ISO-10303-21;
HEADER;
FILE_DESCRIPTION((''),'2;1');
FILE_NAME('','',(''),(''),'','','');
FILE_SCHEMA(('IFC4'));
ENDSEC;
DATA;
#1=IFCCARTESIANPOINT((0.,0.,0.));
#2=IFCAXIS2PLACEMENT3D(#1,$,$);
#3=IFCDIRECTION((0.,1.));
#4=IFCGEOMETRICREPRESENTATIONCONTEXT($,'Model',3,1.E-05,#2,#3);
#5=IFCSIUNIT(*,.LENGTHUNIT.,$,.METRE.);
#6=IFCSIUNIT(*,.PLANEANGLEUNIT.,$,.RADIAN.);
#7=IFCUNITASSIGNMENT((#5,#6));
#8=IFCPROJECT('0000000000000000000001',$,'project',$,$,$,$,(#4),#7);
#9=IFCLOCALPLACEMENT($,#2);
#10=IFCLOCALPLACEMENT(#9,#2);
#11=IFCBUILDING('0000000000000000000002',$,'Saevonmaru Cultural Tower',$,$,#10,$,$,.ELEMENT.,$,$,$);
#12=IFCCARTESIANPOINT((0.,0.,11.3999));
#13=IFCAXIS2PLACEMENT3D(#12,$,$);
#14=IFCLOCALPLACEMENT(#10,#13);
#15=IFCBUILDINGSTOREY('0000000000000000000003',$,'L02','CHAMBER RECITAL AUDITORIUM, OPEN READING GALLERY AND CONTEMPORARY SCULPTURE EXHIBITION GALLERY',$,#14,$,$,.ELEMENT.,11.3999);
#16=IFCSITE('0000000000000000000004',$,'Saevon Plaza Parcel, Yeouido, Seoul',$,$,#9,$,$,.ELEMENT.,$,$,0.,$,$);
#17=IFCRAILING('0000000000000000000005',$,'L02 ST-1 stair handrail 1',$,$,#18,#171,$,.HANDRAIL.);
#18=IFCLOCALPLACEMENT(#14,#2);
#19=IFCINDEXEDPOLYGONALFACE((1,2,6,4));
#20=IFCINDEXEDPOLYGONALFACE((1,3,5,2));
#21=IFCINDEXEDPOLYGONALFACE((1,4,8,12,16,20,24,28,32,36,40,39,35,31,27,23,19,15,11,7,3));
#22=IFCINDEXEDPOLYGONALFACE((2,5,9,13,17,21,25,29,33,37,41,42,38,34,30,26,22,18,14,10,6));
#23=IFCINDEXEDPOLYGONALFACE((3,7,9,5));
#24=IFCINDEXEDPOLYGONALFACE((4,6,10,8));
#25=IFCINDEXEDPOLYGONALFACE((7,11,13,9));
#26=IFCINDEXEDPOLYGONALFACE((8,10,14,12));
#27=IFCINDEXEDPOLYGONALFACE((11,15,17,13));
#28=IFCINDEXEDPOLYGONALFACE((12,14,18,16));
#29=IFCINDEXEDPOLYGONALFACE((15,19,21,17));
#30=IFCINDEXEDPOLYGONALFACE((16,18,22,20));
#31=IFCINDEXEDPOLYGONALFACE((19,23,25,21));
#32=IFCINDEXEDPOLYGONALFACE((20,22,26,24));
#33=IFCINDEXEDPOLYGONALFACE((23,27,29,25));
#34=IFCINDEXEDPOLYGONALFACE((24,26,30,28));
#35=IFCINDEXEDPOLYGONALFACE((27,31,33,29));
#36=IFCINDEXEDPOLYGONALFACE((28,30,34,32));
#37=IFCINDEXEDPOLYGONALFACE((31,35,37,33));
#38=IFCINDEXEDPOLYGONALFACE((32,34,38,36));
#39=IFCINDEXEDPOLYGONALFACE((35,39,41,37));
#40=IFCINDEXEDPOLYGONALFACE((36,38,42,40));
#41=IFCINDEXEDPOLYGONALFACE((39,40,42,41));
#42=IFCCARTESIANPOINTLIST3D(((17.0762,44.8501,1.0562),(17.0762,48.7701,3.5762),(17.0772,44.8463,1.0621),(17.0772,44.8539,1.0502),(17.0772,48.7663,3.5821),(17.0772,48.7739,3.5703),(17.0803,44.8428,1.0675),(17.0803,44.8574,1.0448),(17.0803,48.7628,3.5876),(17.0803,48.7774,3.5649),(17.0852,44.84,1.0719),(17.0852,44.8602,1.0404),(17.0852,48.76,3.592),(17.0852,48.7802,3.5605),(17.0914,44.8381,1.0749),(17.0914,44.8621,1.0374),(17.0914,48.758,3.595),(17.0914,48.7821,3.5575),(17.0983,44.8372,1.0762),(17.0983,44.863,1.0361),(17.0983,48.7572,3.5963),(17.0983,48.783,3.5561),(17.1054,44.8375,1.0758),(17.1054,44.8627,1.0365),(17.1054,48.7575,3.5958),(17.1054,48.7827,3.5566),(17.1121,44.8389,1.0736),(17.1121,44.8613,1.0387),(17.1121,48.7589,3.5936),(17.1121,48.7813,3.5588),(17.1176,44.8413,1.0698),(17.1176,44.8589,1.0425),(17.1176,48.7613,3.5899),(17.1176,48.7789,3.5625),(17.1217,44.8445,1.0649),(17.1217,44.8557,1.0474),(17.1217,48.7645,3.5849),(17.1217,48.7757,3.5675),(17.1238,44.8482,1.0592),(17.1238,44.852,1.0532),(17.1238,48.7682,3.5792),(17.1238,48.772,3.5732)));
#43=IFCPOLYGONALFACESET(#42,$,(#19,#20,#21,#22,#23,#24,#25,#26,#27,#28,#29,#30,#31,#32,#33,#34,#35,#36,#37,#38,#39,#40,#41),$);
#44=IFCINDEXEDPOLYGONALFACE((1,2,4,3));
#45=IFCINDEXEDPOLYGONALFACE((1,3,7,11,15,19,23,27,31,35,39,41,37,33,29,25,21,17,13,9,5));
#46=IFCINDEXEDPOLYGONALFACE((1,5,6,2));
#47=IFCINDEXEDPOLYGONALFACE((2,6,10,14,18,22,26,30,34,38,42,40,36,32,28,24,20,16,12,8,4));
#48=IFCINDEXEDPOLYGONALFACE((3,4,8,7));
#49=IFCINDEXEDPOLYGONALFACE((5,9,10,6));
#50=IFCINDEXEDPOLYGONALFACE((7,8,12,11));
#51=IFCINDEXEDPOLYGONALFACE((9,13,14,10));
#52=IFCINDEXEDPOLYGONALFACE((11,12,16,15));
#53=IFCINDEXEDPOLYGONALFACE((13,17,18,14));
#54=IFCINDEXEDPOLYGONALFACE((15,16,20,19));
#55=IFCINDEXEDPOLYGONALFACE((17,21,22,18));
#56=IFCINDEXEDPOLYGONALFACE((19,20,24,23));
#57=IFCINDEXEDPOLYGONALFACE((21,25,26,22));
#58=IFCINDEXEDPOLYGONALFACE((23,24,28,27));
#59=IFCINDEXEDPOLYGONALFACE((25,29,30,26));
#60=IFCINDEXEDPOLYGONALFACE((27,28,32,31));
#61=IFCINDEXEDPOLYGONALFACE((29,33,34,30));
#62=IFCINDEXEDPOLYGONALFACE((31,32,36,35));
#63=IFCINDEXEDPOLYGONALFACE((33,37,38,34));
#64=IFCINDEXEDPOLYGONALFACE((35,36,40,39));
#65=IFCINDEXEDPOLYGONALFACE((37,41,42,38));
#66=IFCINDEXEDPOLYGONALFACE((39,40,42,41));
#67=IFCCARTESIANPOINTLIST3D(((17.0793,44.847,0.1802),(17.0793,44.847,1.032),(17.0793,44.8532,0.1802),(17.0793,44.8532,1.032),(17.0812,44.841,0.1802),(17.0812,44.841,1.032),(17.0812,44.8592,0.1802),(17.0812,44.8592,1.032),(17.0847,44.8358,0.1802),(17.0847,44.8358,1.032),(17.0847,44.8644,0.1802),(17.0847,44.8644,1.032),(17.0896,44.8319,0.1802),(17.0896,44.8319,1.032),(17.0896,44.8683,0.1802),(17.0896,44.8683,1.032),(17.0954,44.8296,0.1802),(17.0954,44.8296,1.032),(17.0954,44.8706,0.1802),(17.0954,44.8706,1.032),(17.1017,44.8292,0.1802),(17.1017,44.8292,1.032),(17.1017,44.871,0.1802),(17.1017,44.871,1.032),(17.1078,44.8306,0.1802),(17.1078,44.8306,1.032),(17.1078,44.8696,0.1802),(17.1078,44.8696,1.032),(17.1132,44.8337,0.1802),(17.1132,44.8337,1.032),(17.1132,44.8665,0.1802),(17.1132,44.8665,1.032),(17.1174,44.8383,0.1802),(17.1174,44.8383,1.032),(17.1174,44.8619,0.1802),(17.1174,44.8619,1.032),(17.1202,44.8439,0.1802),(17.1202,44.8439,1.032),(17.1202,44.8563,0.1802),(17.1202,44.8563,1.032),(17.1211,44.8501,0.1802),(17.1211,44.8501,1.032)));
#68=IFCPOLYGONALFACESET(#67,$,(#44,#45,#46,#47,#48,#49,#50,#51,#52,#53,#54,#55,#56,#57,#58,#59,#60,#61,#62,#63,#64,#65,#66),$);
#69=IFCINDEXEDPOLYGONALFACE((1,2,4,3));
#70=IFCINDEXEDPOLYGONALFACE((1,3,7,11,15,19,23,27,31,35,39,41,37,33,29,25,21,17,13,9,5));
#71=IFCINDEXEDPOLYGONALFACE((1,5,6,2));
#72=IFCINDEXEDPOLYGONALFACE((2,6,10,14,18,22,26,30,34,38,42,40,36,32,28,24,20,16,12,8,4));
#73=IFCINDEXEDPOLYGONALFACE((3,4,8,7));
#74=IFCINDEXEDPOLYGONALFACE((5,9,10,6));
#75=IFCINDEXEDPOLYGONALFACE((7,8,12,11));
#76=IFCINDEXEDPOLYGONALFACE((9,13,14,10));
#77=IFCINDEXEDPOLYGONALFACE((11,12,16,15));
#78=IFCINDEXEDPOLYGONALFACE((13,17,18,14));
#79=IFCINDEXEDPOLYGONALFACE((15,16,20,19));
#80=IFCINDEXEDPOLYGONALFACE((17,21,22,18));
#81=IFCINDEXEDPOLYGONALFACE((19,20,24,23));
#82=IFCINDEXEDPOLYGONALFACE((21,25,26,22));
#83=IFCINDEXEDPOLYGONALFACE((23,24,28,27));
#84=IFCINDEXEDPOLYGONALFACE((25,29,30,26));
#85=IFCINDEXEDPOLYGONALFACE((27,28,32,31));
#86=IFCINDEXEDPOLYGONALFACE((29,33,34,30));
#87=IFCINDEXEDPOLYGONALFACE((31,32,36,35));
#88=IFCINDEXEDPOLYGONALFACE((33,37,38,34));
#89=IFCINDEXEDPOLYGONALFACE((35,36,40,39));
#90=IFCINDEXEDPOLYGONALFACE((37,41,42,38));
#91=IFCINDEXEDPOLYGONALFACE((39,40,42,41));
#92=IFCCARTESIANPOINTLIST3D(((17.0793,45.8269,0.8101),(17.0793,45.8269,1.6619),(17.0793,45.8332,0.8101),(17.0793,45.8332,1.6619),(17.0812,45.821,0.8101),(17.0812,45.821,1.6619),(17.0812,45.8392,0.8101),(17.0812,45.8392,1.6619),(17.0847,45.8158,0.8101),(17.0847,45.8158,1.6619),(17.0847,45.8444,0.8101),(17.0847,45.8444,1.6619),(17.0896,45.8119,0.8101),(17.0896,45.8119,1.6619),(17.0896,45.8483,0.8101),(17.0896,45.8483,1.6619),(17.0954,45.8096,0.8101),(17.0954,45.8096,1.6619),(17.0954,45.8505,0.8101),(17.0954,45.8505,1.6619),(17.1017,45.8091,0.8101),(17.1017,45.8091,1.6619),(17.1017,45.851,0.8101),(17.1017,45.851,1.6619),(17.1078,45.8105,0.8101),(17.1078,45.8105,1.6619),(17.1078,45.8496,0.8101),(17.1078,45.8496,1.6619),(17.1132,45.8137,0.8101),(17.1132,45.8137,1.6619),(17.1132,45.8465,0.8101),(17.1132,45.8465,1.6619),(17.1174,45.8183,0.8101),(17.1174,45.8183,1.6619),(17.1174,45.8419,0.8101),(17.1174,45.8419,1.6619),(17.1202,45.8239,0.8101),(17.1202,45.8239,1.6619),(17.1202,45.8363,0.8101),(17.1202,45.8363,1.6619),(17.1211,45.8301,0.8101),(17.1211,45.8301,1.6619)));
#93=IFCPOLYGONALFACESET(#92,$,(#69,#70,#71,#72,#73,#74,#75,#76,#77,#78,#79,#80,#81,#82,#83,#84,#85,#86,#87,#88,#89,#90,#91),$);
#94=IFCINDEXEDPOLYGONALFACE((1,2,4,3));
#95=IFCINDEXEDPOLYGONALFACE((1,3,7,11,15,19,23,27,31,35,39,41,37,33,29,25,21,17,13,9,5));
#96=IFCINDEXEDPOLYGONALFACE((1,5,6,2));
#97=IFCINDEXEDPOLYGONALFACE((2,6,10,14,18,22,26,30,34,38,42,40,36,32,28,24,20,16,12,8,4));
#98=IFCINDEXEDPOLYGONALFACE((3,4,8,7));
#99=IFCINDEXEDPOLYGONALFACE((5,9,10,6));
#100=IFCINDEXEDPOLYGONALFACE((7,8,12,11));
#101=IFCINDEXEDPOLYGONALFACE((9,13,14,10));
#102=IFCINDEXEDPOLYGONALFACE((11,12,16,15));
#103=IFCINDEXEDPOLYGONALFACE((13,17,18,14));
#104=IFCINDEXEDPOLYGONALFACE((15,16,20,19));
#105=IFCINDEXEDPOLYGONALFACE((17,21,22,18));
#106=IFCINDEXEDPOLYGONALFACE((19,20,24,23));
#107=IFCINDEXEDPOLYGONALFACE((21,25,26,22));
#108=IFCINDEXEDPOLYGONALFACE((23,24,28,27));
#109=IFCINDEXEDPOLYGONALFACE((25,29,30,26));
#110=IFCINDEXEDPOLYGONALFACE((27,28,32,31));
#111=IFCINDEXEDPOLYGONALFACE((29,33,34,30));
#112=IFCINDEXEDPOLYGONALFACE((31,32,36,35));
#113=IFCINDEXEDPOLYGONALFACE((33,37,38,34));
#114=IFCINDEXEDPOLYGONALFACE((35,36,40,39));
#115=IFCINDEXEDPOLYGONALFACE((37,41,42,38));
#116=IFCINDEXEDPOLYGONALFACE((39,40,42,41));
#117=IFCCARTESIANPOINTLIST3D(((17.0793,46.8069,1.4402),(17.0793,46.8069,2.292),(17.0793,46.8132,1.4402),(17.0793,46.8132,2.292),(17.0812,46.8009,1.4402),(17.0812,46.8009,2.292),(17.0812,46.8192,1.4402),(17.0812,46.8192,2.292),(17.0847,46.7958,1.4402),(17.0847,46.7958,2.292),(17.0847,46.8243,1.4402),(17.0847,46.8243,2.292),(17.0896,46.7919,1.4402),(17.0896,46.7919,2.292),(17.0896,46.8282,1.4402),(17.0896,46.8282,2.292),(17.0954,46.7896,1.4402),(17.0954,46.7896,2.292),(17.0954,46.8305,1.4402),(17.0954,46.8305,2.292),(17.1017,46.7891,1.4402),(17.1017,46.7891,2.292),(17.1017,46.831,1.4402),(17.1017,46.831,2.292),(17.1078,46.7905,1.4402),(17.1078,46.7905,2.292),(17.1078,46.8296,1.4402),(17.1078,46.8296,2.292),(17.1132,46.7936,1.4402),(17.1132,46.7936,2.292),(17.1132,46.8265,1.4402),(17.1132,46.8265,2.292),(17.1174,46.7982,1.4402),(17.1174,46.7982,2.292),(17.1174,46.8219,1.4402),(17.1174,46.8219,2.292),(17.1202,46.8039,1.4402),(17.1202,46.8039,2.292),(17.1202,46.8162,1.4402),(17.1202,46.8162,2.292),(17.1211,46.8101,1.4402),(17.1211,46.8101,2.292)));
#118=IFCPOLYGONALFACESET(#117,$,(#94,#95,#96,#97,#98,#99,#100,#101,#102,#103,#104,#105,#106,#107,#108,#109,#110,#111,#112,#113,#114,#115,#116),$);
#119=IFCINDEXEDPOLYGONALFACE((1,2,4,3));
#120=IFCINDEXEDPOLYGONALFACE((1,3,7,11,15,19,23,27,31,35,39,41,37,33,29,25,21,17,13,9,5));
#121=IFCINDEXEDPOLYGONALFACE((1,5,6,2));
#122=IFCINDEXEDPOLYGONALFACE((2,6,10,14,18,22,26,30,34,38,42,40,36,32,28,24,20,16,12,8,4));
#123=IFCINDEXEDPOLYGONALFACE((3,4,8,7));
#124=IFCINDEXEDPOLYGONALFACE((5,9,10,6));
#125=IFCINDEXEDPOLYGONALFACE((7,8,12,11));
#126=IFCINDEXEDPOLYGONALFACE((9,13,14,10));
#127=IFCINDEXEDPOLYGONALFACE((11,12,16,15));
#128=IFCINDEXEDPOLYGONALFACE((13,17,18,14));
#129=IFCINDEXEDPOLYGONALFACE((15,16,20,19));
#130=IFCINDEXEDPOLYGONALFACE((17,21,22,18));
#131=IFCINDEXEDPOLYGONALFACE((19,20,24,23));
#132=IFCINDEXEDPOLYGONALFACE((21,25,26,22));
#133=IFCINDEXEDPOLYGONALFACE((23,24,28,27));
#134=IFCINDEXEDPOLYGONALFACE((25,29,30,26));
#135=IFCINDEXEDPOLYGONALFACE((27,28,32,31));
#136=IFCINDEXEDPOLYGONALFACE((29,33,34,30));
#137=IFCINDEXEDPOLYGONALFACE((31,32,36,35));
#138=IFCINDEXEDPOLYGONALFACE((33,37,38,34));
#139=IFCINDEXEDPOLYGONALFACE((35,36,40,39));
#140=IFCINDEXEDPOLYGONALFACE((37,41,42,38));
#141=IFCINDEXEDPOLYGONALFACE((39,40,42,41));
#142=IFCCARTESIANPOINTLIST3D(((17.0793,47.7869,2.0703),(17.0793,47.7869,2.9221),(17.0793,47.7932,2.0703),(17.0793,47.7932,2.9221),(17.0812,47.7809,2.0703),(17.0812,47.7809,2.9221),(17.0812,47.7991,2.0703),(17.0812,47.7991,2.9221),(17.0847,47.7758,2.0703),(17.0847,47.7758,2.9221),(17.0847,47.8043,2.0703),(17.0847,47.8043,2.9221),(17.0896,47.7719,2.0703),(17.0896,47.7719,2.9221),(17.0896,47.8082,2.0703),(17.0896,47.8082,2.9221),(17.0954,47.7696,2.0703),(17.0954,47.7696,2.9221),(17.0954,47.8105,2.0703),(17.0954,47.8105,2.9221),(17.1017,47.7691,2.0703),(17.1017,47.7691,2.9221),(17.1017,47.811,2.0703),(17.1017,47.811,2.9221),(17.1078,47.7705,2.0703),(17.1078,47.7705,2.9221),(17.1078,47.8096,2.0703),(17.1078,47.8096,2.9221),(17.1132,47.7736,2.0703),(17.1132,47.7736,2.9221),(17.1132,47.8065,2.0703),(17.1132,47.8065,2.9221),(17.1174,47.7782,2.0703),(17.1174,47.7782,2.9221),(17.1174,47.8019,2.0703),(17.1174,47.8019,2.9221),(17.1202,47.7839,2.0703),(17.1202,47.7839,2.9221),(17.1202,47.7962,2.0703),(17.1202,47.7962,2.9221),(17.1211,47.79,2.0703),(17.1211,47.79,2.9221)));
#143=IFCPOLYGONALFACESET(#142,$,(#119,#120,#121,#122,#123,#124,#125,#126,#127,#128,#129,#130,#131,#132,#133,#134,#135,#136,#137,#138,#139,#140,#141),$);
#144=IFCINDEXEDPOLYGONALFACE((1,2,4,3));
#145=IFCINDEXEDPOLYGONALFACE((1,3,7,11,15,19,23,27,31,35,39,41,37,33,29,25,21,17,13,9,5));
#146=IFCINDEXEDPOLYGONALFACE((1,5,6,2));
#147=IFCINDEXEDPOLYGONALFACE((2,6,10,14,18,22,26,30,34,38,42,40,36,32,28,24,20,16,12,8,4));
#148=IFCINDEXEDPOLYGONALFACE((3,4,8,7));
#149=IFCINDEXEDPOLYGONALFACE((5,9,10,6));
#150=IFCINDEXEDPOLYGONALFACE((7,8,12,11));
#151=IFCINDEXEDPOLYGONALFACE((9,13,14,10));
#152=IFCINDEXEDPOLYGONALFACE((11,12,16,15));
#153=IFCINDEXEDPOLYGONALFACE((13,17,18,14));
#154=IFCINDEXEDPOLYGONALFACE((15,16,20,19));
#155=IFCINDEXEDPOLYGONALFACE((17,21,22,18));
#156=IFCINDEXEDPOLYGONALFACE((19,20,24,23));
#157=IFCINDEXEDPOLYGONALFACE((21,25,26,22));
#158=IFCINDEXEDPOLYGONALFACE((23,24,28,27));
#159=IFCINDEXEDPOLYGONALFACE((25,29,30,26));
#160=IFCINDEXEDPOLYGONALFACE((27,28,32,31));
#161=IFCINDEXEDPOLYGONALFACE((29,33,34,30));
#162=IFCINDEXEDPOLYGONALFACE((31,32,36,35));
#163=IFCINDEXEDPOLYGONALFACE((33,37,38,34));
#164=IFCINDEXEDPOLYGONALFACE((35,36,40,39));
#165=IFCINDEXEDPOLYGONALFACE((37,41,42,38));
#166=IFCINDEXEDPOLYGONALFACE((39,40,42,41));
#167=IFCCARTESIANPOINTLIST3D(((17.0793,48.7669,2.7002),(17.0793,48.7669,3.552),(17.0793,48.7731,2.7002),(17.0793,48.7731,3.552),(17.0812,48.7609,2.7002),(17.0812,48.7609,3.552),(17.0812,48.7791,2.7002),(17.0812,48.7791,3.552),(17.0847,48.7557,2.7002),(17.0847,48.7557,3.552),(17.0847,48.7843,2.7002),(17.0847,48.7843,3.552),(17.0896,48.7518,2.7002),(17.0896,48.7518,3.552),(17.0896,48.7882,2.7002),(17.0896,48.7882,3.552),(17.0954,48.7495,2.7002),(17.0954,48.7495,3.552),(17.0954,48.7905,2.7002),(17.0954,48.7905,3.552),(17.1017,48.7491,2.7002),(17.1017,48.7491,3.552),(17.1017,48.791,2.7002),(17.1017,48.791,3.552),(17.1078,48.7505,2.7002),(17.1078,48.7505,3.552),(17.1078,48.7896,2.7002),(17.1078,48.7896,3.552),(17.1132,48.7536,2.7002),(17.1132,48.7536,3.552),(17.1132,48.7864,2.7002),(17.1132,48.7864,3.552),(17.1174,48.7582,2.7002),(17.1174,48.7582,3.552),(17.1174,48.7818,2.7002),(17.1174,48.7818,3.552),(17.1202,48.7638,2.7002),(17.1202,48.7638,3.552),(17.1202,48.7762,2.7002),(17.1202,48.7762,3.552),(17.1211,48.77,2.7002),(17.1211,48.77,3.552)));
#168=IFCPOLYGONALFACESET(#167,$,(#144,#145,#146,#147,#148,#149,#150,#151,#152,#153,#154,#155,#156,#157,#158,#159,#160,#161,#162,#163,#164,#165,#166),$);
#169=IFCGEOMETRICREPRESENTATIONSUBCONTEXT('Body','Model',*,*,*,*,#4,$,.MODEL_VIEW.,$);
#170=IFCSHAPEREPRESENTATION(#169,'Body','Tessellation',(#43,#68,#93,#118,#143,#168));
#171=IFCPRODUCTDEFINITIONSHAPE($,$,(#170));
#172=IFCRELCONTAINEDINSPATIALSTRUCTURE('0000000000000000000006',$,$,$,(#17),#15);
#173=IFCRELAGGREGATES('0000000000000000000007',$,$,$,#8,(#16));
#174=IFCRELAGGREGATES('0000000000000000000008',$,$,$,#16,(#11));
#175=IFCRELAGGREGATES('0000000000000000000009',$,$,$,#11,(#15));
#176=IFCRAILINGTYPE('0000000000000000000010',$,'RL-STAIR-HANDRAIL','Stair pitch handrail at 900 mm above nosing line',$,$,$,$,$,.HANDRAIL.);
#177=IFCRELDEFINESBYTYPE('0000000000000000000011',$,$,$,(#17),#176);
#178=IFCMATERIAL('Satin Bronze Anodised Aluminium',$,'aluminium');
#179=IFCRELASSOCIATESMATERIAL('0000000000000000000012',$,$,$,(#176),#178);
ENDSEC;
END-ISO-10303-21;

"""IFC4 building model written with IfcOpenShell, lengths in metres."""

from ifc_helpers import new_model, si_unit, direction, frame, origin, origin_2d, place, context, subcontext, project, spatial, circle, extrude, material, type_object, element, save


model = new_model("IFC4")

# Units and contexts
model_context = context("Model", 3, precision=1e-05, world=origin(), true_north=direction((0.0, 1.0)))
body_context = subcontext(model_context, "Body", "Model", "MODEL_VIEW")
ifc_project = project(units=[si_unit("LENGTHUNIT", "METRE"), si_unit("PLANEANGLEUNIT", "RADIAN")], contexts=[model_context])

# Site, building, storey
site_placement = place(None, origin())
site = spatial("IfcSite", under=ifc_project, at=site_placement, Name="Saevon Plaza Parcel, Yeouido, Seoul", CompositionType="ELEMENT", RefElevation=0.0)
building_placement = place(site_placement, origin())
building = spatial("IfcBuilding", under=site, at=building_placement, Name="Saevonmaru Cultural Tower", CompositionType="ELEMENT")
storey_placement = place(building_placement, frame((0.0, 0.0, 11.3999)))
storey = spatial("IfcBuildingStorey", under=building, at=storey_placement, Name="L02", Description="CHAMBER RECITAL AUDITORIUM, OPEN READING GALLERY AND CONTEMPORARY SCULPTURE EXHIBITION GALLERY", CompositionType="ELEMENT", Elevation=11.3999)

# Shared definitions
ifc_material_1 = material(Name="Satin Bronze Anodised Aluminium", Category="aluminium")

# Railing
railing_type_1 = type_object("IfcRailingType", Name="RL-STAIR-HANDRAIL", Description="Stair pitch handrail at 900 mm above nosing line", PredefinedType="HANDRAIL", material=ifc_material_1)
railing_1_placement = place(storey_placement, frame((17.1001, 44.8501, 0.1802)))
element("IfcRailing", 1, at=railing_1_placement, inside=storey, type_object=railing_type_1, Name="L02 ST-1 stair handrail 1", PredefinedType="HANDRAIL", context=body_context, shape_type="SweptSolid", body=[
    extrude(circle(Radius=0.0239, at=origin_2d()), frame((0.0, 0.0, 0.876), z_axis=(0.0, 0.841172, 0.540768), x_axis=(-1.0, 0.0, 0.0)), (0.0, 0.0, 1.0), 4.6602),
    extrude(circle(Radius=0.021, at=origin_2d()), origin(), (0.0, 0.0, 1.0), 0.8518),
    extrude(circle(Radius=0.021, at=origin_2d()), frame((0.0, 0.98, 0.6299)), (0.0, 0.0, 1.0), 0.8518),
    extrude(circle(Radius=0.021, at=origin_2d()), frame((0.0, 1.96, 1.26)), (0.0, 0.0, 1.0), 0.8518),
    extrude(circle(Radius=0.021, at=origin_2d()), frame((0.0, 2.9399, 1.8901)), (0.0, 0.0, 1.0), 0.8518),
    extrude(circle(Radius=0.021, at=origin_2d()), frame((0.0, 3.9199, 2.52)), (0.0, 0.0, 1.0), 0.8518),
])

save(model, "model.ifc")
